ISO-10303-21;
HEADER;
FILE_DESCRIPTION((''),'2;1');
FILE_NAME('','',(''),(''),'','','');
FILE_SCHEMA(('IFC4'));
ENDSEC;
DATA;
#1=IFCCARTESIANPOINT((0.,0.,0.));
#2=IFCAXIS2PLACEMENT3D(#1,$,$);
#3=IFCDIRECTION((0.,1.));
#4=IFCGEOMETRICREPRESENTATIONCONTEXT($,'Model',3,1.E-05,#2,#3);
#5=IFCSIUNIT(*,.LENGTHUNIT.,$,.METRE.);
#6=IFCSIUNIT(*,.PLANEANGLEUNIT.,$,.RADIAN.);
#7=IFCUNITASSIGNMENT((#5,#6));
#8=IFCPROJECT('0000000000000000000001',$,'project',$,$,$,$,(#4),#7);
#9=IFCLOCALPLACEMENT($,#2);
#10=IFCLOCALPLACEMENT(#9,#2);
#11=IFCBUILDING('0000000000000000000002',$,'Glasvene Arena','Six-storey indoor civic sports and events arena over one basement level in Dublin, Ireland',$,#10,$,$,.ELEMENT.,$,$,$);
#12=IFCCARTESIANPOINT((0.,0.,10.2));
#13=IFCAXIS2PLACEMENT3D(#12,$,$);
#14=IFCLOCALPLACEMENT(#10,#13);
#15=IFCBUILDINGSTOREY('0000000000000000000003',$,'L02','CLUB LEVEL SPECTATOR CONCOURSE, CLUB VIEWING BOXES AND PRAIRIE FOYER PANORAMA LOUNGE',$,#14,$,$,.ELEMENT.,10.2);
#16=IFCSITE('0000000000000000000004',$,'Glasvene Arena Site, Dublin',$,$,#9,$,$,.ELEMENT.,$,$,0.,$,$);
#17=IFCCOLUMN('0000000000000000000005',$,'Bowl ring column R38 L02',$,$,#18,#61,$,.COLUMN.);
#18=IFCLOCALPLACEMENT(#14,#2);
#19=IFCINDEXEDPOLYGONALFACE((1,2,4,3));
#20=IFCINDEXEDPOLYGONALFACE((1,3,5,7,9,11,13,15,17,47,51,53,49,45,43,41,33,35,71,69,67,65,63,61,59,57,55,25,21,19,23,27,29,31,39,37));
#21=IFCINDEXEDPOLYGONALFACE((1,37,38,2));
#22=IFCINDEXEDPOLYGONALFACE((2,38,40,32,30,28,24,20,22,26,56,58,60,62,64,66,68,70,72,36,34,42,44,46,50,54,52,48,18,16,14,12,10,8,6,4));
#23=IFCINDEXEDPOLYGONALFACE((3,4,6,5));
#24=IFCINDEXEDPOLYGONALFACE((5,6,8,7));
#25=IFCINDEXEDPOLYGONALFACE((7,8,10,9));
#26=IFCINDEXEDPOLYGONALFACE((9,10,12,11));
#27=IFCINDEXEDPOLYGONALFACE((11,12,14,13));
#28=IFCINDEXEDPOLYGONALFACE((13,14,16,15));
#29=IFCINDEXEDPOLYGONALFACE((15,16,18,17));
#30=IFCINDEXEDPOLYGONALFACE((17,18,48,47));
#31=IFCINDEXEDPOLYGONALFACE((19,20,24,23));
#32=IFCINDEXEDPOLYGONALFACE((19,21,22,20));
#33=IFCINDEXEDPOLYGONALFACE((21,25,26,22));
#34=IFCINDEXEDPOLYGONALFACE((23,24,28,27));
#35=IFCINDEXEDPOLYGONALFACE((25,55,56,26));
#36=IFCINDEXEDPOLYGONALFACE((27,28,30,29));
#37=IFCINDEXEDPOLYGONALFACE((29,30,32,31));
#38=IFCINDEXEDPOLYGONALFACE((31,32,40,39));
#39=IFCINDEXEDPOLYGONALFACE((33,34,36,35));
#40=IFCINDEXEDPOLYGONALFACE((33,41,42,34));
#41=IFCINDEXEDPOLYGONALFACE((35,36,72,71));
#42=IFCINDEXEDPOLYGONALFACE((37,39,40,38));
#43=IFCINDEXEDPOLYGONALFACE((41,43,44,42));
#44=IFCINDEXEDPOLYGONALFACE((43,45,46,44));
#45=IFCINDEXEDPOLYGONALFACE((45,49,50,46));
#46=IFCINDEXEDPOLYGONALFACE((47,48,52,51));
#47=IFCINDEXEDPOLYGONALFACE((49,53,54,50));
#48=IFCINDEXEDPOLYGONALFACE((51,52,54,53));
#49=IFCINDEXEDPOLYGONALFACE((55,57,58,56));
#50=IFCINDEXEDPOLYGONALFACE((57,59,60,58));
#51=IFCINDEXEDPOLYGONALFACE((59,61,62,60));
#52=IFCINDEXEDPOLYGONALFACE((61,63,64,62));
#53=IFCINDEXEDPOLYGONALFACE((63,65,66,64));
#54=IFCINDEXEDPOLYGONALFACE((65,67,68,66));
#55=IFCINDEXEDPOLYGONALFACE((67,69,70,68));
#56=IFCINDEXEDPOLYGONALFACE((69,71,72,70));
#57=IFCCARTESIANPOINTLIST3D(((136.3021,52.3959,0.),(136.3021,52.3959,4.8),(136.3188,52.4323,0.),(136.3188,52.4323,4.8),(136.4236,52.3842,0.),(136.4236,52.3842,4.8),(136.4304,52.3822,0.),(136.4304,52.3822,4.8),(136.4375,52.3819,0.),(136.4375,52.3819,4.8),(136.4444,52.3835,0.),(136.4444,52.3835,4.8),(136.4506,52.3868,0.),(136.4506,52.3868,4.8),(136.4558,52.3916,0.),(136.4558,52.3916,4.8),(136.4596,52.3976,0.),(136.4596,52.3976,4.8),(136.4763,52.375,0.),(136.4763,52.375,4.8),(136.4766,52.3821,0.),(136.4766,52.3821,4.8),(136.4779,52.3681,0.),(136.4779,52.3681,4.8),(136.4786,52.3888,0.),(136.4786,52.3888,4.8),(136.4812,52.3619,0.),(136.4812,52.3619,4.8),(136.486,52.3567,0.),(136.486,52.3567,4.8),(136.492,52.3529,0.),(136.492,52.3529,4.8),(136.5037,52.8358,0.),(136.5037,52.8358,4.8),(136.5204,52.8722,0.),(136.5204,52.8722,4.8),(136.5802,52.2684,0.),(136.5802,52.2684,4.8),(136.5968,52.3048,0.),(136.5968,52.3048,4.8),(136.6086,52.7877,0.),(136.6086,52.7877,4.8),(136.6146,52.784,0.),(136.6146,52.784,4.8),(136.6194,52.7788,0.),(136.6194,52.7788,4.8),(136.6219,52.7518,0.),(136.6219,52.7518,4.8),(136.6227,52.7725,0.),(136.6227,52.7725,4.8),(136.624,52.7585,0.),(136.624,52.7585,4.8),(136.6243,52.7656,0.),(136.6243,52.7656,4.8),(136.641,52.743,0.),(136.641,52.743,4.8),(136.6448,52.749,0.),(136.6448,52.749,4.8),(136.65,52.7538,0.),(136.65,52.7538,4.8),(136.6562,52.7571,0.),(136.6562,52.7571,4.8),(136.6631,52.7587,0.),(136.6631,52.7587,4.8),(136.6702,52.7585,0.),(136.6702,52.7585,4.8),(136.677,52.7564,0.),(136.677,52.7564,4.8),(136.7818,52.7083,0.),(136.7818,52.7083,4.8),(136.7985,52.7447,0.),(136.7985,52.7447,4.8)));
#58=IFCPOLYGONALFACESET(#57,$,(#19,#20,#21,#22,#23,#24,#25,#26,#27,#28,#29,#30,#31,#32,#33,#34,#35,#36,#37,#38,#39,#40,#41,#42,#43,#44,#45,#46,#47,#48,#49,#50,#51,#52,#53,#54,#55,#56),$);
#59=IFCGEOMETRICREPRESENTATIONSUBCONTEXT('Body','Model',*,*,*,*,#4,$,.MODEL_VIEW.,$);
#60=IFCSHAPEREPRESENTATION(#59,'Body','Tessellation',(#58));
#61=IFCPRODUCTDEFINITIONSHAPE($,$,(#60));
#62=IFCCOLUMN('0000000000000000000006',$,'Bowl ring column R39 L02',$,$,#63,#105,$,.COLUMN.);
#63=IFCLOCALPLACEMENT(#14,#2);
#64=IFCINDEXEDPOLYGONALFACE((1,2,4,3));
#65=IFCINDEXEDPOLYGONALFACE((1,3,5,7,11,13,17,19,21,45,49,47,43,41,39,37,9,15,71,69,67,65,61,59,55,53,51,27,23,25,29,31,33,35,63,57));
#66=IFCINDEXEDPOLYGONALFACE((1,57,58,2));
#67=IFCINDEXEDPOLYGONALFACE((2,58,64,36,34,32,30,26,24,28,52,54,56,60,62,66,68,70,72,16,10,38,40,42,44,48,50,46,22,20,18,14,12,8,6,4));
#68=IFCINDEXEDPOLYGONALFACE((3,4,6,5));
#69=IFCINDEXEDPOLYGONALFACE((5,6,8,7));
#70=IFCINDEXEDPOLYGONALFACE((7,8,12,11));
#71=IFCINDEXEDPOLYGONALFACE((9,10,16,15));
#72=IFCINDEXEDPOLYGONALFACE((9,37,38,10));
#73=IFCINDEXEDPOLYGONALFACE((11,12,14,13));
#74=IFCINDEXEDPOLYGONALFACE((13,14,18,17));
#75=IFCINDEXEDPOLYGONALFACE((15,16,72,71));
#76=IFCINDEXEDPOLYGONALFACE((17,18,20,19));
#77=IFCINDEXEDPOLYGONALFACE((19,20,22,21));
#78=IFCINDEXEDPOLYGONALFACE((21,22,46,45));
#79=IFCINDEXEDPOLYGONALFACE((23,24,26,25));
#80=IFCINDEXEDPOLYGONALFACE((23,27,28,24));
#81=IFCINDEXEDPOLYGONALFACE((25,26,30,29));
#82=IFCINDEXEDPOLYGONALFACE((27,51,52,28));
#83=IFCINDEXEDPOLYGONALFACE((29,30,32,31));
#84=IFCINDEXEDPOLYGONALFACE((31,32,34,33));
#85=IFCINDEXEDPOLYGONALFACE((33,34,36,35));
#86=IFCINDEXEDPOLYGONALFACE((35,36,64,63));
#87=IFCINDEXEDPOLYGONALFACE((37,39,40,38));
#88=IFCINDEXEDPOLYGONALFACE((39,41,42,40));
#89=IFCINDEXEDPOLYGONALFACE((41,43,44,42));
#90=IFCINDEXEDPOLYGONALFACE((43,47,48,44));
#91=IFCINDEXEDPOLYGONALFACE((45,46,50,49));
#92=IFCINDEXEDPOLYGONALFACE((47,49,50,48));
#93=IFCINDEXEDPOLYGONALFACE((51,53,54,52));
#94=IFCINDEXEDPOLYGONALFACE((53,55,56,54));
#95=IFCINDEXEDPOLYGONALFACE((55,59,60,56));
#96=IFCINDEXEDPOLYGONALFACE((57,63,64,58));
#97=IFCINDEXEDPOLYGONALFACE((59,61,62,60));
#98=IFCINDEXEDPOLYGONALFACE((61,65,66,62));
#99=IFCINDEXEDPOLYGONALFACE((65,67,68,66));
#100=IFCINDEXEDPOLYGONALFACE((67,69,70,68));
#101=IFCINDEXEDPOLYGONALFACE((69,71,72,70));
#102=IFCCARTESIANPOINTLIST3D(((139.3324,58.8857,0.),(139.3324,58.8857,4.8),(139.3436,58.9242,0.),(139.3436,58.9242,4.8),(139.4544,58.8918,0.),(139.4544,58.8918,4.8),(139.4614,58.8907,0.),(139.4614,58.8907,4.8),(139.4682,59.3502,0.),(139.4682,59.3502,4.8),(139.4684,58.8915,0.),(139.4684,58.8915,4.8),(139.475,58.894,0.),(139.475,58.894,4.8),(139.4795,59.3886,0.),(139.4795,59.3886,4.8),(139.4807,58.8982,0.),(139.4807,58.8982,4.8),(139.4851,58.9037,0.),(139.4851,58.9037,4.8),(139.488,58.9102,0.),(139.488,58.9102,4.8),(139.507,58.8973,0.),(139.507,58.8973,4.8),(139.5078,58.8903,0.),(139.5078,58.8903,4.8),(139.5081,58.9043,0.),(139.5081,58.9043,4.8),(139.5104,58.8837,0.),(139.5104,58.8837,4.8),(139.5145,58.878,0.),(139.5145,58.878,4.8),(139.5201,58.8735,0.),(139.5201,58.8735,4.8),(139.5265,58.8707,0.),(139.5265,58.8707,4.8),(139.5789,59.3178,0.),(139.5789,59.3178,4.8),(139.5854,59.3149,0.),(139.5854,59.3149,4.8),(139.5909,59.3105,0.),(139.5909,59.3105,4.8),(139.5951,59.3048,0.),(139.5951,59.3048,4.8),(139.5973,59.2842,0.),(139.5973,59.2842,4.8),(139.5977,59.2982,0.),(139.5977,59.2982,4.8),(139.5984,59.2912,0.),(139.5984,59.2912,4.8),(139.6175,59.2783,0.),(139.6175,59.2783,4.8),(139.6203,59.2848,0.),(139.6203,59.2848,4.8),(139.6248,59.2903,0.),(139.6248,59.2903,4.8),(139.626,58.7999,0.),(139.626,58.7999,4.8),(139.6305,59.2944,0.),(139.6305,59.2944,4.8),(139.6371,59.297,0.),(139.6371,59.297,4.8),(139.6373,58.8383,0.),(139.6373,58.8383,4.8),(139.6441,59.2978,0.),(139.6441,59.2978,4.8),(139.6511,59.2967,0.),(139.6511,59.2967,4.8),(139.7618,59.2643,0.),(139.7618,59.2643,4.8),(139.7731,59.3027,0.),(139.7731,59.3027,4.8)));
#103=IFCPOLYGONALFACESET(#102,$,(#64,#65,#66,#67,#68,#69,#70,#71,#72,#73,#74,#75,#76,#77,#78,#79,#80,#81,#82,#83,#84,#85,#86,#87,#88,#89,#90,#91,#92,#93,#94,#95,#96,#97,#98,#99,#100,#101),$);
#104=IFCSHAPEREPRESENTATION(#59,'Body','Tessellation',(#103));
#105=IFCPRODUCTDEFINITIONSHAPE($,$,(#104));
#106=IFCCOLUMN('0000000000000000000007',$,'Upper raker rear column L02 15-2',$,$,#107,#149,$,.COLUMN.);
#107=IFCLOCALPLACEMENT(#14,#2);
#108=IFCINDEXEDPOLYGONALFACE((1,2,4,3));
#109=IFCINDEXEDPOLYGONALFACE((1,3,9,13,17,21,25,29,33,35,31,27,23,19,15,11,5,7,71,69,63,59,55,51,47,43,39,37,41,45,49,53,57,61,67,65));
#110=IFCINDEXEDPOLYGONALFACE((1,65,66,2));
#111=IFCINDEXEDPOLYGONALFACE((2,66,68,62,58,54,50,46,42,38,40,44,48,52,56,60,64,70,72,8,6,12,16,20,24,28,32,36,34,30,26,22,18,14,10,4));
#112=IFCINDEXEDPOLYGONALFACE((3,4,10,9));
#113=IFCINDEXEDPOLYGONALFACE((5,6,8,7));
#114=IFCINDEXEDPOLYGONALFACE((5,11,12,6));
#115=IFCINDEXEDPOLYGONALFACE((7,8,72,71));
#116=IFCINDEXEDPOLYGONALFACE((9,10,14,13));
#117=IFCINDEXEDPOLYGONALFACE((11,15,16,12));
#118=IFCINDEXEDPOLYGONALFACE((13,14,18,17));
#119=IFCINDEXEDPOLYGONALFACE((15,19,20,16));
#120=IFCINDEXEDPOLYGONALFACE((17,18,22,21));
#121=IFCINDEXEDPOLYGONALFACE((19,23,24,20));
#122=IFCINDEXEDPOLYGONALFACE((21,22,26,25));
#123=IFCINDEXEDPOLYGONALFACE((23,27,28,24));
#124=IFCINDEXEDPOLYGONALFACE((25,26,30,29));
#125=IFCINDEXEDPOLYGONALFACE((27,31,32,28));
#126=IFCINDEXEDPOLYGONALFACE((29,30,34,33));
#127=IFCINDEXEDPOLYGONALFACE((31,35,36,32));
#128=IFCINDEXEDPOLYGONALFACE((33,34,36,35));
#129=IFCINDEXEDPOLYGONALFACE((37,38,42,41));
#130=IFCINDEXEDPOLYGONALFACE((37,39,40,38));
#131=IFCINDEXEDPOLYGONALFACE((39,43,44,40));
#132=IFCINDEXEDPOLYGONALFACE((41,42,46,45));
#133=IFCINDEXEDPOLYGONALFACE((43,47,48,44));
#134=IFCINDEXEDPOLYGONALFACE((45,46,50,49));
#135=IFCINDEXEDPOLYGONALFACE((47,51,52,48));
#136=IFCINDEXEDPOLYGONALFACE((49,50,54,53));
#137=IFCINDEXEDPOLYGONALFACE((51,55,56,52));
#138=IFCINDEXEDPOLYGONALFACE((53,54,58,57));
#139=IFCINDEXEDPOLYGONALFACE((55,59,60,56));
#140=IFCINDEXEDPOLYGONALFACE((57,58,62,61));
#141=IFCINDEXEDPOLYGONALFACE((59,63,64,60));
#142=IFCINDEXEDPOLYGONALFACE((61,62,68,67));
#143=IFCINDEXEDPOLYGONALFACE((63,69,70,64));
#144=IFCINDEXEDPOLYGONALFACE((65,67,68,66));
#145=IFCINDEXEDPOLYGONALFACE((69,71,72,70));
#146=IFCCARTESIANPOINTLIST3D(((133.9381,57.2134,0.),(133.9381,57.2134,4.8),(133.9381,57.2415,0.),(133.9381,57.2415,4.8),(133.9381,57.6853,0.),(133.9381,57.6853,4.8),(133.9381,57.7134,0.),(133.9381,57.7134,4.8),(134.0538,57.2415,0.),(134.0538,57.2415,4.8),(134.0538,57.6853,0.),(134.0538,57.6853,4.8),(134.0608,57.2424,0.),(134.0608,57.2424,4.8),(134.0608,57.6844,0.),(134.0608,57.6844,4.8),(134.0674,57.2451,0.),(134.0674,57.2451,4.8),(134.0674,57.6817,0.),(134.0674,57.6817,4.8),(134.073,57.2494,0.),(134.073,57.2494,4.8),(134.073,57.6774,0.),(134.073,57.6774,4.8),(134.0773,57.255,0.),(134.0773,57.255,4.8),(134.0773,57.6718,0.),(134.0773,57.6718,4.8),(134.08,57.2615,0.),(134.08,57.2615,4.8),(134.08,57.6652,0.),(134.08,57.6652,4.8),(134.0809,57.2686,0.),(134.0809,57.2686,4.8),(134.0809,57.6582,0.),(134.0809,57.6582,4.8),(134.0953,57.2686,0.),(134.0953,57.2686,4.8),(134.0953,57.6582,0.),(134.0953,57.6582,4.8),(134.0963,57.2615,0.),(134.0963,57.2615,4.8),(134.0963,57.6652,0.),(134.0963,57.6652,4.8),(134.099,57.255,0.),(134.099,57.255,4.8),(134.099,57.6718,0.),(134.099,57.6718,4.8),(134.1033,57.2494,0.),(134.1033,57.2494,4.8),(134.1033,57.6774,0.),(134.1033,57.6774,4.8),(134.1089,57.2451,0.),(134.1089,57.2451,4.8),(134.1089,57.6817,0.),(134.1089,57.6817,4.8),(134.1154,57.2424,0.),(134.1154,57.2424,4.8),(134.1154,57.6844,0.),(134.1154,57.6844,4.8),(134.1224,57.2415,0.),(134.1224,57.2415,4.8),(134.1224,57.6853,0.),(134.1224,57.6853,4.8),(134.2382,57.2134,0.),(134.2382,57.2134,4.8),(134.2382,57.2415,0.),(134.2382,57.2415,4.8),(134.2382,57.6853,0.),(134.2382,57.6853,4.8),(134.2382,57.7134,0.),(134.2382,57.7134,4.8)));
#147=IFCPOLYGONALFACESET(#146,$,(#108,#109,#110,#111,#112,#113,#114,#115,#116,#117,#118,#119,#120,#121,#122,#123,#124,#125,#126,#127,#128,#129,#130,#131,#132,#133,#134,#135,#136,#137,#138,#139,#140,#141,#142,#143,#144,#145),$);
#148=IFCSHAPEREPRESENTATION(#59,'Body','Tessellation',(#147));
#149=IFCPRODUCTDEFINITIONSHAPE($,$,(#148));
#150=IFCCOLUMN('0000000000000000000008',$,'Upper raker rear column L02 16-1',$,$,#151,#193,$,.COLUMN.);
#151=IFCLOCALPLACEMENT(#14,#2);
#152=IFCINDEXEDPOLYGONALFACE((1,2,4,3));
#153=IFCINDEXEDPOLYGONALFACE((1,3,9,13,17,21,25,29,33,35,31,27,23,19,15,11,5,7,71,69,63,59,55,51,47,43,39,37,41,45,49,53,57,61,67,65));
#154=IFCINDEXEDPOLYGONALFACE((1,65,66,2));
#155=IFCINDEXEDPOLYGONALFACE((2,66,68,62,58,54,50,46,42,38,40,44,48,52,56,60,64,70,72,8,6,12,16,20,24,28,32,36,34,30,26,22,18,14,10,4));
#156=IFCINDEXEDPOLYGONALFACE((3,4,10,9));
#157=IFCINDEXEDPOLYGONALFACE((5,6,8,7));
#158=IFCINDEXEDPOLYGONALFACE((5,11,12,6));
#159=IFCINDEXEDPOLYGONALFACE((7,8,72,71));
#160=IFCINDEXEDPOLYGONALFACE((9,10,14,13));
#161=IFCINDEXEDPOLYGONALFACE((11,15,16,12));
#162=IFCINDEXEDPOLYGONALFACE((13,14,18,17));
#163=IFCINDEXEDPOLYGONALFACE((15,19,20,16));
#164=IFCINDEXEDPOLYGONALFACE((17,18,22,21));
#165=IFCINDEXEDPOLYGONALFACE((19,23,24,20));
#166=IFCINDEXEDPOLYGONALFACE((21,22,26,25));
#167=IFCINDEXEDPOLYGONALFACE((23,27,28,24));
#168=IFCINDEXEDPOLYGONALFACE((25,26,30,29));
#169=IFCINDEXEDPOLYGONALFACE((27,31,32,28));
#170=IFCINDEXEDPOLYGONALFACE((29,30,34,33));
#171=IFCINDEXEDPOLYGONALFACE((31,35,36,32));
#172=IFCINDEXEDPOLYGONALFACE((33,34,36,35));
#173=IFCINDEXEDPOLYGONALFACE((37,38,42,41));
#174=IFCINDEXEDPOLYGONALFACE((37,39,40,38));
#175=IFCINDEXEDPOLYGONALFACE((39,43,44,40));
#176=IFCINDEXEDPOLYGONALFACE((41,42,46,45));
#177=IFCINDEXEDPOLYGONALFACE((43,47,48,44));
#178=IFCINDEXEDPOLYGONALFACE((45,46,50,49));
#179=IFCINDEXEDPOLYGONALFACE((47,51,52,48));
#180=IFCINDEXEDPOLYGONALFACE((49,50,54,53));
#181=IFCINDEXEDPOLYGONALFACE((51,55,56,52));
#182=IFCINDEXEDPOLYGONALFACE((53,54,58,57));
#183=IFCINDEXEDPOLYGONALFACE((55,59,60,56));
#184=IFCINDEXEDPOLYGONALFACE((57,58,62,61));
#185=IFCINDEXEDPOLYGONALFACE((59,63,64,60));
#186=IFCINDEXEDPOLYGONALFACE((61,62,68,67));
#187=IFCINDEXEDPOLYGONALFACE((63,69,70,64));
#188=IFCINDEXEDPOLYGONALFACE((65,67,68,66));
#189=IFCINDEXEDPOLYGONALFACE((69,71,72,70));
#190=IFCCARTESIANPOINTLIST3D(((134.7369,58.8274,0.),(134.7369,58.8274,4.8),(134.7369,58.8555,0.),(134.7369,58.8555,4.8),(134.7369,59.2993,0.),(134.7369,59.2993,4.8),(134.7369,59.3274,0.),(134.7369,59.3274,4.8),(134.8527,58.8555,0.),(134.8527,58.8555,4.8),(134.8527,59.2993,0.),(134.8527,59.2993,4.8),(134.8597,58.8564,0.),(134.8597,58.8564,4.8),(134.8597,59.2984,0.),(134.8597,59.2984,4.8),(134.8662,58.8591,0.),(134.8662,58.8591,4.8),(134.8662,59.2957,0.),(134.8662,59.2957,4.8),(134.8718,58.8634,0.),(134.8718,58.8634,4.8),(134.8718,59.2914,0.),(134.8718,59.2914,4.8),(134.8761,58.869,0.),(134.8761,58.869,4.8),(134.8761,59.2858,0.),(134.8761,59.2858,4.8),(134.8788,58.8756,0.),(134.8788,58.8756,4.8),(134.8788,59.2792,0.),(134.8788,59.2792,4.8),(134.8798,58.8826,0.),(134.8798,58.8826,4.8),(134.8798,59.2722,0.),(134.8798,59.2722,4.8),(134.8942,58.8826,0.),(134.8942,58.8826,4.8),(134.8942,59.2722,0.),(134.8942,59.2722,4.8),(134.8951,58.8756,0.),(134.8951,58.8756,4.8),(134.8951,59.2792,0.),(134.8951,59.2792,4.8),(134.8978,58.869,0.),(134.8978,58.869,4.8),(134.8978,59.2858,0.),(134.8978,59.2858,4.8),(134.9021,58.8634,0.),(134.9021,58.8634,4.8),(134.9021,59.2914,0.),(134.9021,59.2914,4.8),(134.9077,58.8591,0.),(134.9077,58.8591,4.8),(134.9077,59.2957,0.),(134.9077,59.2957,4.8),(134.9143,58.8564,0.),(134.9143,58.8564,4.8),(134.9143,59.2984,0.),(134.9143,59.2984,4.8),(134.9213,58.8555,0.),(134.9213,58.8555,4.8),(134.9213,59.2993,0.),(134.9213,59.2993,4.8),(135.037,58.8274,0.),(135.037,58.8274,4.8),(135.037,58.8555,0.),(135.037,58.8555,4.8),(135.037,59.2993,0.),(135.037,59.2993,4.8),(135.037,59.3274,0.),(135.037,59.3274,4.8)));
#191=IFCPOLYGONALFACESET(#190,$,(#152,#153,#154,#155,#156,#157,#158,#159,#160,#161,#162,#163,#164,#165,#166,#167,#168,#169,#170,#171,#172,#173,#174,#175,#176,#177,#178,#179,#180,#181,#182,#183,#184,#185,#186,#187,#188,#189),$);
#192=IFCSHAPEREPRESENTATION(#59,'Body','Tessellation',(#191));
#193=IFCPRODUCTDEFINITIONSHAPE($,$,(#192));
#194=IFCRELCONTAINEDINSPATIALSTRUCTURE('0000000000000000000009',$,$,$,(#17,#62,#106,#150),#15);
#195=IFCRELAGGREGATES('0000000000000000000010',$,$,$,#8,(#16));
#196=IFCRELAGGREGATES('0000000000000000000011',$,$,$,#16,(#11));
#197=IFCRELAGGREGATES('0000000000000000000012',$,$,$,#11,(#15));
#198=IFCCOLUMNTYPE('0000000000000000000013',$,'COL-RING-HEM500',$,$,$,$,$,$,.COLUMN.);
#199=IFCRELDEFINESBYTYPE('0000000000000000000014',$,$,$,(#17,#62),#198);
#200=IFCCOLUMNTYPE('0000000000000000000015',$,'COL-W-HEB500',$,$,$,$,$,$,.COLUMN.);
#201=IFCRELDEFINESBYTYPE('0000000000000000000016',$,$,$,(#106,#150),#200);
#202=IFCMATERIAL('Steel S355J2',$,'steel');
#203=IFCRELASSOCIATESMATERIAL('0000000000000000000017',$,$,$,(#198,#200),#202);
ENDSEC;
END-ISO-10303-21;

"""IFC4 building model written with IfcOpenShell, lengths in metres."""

from ifc_helpers import new_model, si_unit, direction, frame, origin, origin_2d, place, context, subcontext, project, spatial, i_section, extrude, material, material_profile, profile_set, type_object, element, save


model = new_model("IFC4")

# Units and contexts
model_context = context("Model", 3, precision=1e-05, world=origin(), true_north=direction((0.0, 1.0)))
body_context = subcontext(model_context, "Body", "Model", "MODEL_VIEW")
ifc_project = project(units=[si_unit("LENGTHUNIT", "METRE"), si_unit("PLANEANGLEUNIT", "RADIAN")], contexts=[model_context])

# Site, building, storey
site_placement = place(None, origin())
site = spatial("IfcSite", under=ifc_project, at=site_placement, Name="Glasvene Arena Site, Dublin", CompositionType="ELEMENT", RefElevation=0.0)
building_placement = place(site_placement, origin())
building = spatial("IfcBuilding", under=site, at=building_placement, Name="Glasvene Arena", Description="Six-storey indoor civic sports and events arena over one basement level in Dublin, Ireland", CompositionType="ELEMENT")
storey_placement = place(building_placement, frame((0.0, 0.0, 10.2)))
storey = spatial("IfcBuildingStorey", under=building, at=storey_placement, Name="L02", Description="CLUB LEVEL SPECTATOR CONCOURSE, CLUB VIEWING BOXES AND PRAIRIE FOYER PANORAMA LOUNGE", CompositionType="ELEMENT", Elevation=10.2)

# Columns
ifc_material_1 = material(Name="Steel S355J2", Category="steel")
ifc_material_profile_1 = material_profile(ifc_material_1, i_section(OverallWidth=0.3059, OverallDepth=0.5239, WebThickness=0.021, FlangeThickness=0.04, FilletRadius=0.0271, at=origin_2d()), Name="HEM 500")
ifc_profile_set_1 = profile_set([ifc_material_profile_1], Name="Steel S355J2")
column_type_1 = type_object("IfcColumnType", Name="COL-RING-HEM500", PredefinedType="COLUMN", material=ifc_profile_set_1)
for number, where, z_axis, x_axis, name in (
    (1, (136.5503, 52.5703, 0.0), (0.0, 0.0, 1.0), (0.909018, -0.416757, 0.0), "Bowl ring column R38 L02"),
    (2, (139.5527, 59.0942, 0.0), (0.0, 0.0, 1.0), (0.959805, -0.280667, 0.0), "Bowl ring column R39 L02"),
):
    element("IfcColumn", number, at=place(storey_placement, frame(where, z_axis=z_axis, x_axis=x_axis)), inside=storey, type_object=column_type_1, Name=name, PredefinedType="COLUMN", context=body_context, shape_type="SweptSolid", body=[
        extrude(i_section(OverallWidth=0.3059, OverallDepth=0.5239, WebThickness=0.021, FlangeThickness=0.04, FilletRadius=0.0271, at=origin_2d()), origin(), (0.0, 0.0, 1.0), 4.8),
    ])
ifc_material_profile_2 = material_profile(ifc_material_1, i_section(OverallWidth=0.3, OverallDepth=0.5, WebThickness=0.0144, FlangeThickness=0.0281, FilletRadius=0.0271, at=origin_2d()), Name="HEB 500")
ifc_profile_set_2 = profile_set([ifc_material_profile_2], Name="Steel S355J2")
column_type_2 = type_object("IfcColumnType", Name="COL-W-HEB500", PredefinedType="COLUMN", material=ifc_profile_set_2)
for number, where, z_axis, x_axis, name in (
    (3, (134.0881, 57.4634, 0.0), (0.0, 0.0, 1.0), (1.0, 0.0, 0.0), "Upper raker rear column L02 15-2"),
    (4, (134.887, 59.0774, 0.0), (0.0, 0.0, 1.0), (1.0, 0.0, 0.0), "Upper raker rear column L02 16-1"),
):
    element("IfcColumn", number, at=place(storey_placement, frame(where, z_axis=z_axis, x_axis=x_axis)), inside=storey, type_object=column_type_2, Name=name, PredefinedType="COLUMN", context=body_context, shape_type="SweptSolid", body=[
        extrude(i_section(OverallWidth=0.3, OverallDepth=0.5, WebThickness=0.0144, FlangeThickness=0.0281, FilletRadius=0.0271, at=origin_2d()), origin(), (0.0, 0.0, 1.0), 4.8),
    ])

save(model, "model.ifc")
